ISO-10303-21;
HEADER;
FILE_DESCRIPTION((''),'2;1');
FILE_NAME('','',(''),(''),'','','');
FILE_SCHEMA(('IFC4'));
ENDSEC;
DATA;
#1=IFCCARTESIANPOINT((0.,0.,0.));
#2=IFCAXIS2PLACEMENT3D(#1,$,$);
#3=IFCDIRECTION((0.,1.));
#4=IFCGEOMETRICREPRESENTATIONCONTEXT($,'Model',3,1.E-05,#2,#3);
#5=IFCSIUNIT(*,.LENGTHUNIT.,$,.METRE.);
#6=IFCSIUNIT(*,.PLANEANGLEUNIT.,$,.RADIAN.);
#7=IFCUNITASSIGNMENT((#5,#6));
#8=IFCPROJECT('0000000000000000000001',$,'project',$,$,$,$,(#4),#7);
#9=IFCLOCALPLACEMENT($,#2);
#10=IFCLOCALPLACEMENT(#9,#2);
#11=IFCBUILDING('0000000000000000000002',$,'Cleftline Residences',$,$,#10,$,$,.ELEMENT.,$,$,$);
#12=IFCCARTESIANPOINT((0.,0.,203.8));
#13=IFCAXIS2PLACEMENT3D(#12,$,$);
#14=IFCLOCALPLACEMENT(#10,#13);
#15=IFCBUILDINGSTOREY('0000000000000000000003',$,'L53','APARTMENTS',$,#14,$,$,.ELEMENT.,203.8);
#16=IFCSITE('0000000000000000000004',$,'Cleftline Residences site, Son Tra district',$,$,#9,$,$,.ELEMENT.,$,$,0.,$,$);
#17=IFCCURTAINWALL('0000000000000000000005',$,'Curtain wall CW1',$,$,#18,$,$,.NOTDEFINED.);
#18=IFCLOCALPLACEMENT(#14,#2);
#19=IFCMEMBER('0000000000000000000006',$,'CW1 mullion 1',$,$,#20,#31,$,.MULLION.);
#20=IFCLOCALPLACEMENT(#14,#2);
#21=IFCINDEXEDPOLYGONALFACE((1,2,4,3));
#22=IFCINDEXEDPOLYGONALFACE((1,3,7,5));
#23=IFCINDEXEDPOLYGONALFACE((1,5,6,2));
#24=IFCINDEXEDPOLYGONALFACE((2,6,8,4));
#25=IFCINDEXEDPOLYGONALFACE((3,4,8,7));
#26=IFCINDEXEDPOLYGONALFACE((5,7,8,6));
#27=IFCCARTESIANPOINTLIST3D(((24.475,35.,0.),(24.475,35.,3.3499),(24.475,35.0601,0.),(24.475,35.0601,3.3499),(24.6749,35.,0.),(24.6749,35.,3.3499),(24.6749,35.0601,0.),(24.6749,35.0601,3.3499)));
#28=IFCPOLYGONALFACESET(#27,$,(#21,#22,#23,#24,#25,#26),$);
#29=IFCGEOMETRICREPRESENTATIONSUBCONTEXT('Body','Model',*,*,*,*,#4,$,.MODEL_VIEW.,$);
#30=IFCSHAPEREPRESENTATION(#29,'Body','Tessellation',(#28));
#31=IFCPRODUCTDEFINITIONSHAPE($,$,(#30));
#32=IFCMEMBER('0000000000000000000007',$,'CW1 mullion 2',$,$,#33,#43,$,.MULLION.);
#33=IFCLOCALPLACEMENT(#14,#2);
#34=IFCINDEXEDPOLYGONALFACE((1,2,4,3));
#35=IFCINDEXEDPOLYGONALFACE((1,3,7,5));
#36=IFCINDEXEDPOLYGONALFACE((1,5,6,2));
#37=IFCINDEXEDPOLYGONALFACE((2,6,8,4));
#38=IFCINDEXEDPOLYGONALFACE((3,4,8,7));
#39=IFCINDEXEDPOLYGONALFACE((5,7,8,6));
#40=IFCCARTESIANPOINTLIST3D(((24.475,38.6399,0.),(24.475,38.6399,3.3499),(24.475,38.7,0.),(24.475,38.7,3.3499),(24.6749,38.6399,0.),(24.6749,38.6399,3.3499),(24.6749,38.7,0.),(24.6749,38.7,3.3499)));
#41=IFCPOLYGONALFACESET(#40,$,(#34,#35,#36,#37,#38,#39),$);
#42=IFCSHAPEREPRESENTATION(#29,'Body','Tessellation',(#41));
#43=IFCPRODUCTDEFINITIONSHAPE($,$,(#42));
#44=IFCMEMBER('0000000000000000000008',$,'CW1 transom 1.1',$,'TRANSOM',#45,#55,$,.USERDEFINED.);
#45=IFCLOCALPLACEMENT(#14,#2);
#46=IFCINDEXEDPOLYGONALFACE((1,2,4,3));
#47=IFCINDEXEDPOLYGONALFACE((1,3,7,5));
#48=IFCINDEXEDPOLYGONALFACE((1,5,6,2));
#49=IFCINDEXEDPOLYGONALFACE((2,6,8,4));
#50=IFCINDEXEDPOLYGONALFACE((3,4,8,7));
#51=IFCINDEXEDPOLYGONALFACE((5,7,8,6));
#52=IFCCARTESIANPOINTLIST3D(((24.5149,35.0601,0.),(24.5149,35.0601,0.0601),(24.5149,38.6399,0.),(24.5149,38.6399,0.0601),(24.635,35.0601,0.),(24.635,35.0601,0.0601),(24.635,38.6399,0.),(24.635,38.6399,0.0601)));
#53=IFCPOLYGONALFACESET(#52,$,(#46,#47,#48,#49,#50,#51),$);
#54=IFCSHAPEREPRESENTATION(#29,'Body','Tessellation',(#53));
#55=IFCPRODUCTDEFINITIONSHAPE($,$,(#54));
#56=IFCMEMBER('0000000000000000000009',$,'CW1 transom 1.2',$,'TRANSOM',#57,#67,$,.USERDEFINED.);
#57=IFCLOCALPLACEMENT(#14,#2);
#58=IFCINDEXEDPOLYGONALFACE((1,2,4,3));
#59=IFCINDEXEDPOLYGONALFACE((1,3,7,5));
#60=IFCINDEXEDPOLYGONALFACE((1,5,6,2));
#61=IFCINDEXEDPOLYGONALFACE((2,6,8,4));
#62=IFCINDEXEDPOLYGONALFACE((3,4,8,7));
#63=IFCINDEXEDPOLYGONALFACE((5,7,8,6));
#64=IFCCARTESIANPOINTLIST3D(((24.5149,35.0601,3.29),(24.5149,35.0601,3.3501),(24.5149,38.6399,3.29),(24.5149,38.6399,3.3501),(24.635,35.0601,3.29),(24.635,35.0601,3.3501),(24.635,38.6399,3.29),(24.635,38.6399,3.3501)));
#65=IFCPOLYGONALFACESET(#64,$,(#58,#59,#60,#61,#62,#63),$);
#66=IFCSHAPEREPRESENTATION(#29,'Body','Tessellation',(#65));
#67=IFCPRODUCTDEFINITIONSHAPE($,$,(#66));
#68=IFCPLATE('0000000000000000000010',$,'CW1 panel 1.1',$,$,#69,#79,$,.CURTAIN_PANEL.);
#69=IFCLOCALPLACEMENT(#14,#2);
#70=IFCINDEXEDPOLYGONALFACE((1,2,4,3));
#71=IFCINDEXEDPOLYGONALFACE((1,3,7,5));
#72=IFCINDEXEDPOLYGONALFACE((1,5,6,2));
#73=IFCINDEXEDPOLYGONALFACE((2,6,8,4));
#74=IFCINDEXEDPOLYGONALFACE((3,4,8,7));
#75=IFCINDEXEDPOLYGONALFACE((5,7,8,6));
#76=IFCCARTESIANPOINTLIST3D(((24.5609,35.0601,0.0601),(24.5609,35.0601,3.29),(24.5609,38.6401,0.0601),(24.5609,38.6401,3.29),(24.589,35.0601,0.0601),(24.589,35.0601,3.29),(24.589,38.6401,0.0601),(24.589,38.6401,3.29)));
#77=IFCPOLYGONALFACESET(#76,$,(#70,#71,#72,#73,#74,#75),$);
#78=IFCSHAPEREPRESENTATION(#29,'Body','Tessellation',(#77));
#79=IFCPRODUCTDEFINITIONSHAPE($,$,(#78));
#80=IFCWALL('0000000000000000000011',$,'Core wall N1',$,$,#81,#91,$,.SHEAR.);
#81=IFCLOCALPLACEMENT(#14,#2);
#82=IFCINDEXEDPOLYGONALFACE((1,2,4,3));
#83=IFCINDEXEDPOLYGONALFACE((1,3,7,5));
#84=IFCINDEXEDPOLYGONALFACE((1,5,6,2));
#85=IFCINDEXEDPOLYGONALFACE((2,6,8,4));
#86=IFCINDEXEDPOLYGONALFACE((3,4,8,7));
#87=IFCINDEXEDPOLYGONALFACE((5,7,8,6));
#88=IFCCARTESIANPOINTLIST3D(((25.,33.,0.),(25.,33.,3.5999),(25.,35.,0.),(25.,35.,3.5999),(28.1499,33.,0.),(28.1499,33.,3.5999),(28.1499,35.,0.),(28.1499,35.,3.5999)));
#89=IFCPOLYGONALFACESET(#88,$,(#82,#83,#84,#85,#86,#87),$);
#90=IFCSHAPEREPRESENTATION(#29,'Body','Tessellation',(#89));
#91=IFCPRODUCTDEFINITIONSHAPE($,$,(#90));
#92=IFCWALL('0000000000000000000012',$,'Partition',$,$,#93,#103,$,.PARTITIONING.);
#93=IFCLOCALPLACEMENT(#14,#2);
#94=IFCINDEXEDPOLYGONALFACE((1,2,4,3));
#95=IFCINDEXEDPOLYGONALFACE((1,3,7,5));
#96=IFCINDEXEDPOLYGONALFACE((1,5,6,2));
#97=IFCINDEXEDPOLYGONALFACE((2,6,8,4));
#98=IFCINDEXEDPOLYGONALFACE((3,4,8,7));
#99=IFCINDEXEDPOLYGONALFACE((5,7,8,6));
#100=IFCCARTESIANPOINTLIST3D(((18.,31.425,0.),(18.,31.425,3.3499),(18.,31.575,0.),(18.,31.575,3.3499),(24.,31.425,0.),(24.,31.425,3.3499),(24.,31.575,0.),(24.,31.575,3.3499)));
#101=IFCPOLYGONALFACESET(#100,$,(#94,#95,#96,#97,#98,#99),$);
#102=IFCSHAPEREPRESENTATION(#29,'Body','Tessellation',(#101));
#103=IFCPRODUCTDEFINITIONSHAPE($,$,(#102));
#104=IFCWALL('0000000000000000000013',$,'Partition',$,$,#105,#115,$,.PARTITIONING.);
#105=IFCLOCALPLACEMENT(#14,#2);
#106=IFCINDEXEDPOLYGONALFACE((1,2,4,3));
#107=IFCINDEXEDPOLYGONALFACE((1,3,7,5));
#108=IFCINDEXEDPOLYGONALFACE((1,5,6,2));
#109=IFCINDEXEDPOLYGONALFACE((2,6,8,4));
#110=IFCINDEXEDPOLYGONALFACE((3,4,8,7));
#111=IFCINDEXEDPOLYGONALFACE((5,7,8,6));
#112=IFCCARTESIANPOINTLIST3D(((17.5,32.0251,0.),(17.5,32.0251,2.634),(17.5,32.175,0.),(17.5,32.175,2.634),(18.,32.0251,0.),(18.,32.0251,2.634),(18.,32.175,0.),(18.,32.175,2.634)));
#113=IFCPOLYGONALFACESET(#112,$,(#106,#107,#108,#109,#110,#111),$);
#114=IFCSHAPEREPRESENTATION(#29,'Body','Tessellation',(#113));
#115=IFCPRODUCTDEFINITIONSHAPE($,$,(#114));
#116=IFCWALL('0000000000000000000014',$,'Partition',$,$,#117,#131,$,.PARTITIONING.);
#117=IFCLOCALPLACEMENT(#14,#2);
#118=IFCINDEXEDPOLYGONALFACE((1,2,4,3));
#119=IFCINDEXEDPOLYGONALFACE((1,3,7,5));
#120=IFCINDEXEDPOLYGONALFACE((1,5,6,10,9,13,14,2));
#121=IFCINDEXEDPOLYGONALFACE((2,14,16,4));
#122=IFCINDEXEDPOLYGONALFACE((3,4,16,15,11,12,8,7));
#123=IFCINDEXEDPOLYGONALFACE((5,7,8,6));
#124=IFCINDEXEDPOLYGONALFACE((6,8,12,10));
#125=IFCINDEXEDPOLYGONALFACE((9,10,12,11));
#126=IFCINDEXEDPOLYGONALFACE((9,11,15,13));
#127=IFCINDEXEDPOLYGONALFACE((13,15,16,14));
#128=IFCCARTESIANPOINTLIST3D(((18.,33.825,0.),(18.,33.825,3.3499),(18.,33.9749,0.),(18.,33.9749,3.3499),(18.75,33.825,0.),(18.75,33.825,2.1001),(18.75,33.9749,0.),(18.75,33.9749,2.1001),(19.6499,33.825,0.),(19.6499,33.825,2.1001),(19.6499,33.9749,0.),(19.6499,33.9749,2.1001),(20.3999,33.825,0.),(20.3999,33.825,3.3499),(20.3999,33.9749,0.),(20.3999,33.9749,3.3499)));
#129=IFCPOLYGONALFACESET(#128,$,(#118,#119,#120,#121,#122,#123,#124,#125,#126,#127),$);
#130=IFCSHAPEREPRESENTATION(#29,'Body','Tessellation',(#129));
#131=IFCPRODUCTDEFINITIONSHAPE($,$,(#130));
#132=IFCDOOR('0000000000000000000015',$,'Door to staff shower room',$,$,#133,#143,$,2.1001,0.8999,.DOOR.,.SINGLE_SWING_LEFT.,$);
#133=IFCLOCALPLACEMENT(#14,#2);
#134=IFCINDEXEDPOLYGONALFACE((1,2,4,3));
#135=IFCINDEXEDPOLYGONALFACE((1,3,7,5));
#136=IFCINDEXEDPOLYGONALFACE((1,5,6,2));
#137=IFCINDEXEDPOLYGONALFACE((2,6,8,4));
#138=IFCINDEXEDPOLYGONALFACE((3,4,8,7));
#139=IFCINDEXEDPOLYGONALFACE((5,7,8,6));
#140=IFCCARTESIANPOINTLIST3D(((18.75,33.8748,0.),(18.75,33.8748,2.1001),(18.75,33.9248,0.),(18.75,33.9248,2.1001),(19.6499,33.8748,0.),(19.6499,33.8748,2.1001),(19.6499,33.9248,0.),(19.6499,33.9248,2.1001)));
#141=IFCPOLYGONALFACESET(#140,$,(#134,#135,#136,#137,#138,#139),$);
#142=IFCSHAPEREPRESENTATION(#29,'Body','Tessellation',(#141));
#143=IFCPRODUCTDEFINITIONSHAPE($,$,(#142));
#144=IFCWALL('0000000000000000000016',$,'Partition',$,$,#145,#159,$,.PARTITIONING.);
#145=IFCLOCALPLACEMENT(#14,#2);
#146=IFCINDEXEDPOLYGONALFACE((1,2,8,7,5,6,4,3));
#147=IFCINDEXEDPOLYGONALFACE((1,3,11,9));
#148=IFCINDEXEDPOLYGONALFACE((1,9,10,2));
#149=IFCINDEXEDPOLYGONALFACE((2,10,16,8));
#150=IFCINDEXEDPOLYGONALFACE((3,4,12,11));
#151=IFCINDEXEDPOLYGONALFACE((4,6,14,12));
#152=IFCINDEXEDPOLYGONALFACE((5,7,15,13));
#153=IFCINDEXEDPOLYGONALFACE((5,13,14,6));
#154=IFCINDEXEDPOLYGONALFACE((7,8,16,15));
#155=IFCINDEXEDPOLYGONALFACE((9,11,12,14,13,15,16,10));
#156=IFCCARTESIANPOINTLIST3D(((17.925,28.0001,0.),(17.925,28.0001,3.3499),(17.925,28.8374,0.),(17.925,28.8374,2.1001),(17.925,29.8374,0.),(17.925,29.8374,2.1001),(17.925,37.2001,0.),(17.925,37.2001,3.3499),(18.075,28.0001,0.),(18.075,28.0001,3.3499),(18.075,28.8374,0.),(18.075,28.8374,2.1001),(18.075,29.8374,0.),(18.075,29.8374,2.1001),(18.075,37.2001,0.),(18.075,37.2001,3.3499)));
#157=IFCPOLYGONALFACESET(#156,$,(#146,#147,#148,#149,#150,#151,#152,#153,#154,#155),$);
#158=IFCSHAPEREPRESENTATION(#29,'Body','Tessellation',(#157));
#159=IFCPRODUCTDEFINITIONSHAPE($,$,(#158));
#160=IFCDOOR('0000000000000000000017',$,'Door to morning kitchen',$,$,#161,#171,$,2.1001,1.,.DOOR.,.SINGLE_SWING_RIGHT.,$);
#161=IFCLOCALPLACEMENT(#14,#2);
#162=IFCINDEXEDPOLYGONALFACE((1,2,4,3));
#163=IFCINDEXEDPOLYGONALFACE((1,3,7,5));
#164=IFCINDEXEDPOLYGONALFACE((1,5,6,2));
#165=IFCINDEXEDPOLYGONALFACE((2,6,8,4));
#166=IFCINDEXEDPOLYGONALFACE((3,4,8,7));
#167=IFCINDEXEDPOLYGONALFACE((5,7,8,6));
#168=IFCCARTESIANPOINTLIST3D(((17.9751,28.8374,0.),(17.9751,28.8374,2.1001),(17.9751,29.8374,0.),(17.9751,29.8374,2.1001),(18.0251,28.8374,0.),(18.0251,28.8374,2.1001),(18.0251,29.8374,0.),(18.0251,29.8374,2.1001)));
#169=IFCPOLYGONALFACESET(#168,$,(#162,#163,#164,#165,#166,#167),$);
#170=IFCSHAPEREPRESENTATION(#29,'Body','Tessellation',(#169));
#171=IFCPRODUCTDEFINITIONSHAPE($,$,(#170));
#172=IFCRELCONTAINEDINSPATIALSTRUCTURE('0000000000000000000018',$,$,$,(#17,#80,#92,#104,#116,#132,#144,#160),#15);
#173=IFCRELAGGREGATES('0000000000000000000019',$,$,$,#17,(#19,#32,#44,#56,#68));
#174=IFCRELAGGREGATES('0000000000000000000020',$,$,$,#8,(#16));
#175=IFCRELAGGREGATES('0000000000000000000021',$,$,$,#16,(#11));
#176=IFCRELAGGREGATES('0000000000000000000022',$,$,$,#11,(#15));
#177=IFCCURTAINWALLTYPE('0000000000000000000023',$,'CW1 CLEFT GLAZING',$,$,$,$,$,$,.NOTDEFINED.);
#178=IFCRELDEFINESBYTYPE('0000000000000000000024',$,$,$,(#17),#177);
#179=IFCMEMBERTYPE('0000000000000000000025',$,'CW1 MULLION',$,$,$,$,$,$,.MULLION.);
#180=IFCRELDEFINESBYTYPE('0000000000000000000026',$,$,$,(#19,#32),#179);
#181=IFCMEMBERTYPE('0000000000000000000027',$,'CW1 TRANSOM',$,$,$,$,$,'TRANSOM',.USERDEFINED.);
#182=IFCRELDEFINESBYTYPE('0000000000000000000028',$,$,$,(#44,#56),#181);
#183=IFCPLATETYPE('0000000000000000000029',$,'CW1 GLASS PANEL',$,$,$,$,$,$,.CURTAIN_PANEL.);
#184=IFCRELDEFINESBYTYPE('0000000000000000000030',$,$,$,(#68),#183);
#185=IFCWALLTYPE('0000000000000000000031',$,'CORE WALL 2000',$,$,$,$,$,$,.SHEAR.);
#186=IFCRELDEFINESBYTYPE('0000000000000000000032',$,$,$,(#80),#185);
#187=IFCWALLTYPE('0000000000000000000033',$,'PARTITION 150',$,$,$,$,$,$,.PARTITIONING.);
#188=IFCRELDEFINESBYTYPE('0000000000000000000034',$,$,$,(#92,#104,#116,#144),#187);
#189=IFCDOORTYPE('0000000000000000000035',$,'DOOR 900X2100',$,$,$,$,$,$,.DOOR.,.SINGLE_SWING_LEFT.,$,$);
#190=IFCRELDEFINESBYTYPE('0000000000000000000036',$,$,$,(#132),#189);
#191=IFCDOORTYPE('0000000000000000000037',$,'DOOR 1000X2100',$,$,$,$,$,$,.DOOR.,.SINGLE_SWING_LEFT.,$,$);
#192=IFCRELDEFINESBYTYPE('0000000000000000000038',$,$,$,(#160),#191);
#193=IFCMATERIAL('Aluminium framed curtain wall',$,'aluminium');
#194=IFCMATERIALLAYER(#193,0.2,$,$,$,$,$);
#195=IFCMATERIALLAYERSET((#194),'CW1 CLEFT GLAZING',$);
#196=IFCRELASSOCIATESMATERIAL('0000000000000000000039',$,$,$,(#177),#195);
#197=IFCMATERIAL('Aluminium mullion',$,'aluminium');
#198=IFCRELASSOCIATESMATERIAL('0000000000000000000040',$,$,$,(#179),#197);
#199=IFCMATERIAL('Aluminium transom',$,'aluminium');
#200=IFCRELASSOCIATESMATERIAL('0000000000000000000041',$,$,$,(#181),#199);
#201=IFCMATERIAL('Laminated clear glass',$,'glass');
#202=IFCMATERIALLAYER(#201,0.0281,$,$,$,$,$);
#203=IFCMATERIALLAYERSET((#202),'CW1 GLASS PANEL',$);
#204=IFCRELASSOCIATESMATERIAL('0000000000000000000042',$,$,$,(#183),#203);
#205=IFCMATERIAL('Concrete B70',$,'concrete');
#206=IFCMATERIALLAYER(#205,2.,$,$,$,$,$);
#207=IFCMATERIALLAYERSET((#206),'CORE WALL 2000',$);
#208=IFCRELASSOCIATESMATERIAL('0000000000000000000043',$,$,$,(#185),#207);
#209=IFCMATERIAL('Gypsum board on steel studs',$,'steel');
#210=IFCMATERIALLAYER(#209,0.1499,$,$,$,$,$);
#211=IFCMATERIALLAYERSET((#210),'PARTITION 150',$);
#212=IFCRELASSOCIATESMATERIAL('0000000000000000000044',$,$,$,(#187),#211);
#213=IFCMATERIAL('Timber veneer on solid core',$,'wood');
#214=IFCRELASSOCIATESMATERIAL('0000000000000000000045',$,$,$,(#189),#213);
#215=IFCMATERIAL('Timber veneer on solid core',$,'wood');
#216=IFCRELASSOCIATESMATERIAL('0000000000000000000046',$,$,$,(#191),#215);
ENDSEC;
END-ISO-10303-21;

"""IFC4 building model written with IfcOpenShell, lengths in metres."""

from ifc_helpers import new_model, si_unit, direction, frame, frame_2d, origin, origin_2d, place, context, subcontext, project, spatial, rectangle, extrude, material, layer, layer_set, material_profile, profile_set, type_object, element, fill, aggregate, save


model = new_model("IFC4")

# Units and contexts
model_context = context("Model", 3, precision=1e-05, world=origin(), true_north=direction((0.0, 1.0)))
body_context = subcontext(model_context, "Body", "Model", "MODEL_VIEW")
ifc_project = project(units=[si_unit("LENGTHUNIT", "METRE"), si_unit("PLANEANGLEUNIT", "RADIAN")], contexts=[model_context])

# Site, building, storey
site_placement = place(None, origin())
site = spatial("IfcSite", under=ifc_project, at=site_placement, Name="Cleftline Residences site, Son Tra district", CompositionType="ELEMENT", RefElevation=0.0)
building_placement = place(site_placement, origin())
building = spatial("IfcBuilding", under=site, at=building_placement, Name="Cleftline Residences", CompositionType="ELEMENT")
storey_placement = place(building_placement, frame((0.0, 0.0, 203.8)))
storey = spatial("IfcBuildingStorey", under=building, at=storey_placement, Name="L53", Description="APARTMENTS", CompositionType="ELEMENT", Elevation=203.8)

# Curtain wall, members, plate
ifc_material_1 = material(Name="Aluminium framed curtain wall", Category="aluminium")
ifc_layer_1 = layer(ifc_material_1, 0.2)
ifc_layer_set_1 = layer_set([ifc_layer_1], Name="CW1 CLEFT GLAZING")
curtain_wall_type = type_object("IfcCurtainWallType", Name="CW1 CLEFT GLAZING", PredefinedType="NOTDEFINED", material=ifc_layer_set_1)
curtain_wall_placement = place(storey_placement, origin())
curtain_wall = element("IfcCurtainWall", 1, at=curtain_wall_placement, inside=storey, type_object=curtain_wall_type, Name="Curtain wall CW1", PredefinedType="NOTDEFINED")
ifc_material_2 = material(Name="Aluminium mullion", Category="aluminium")
ifc_material_profile_1 = material_profile(ifc_material_2, rectangle(XDim=0.2, YDim=0.0601, at=origin_2d()))
ifc_profile_set_1 = profile_set([ifc_material_profile_1], Name="Aluminium mullion")
member_type_1 = type_object("IfcMemberType", Name="CW1 MULLION", PredefinedType="MULLION", material=ifc_profile_set_1)
member_1_placement = place(storey_placement, frame((24.575, 35.03, 0.0), z_axis=(0.0, 0.0, 1.0), x_axis=(-1.0, 0.0, 0.0)))
member_1 = element("IfcMember", 2, at=member_1_placement, type_object=member_type_1, Name="CW1 mullion 1", PredefinedType="MULLION", context=body_context, shape_type="SweptSolid", body=[
    extrude(rectangle(XDim=0.2, YDim=0.0601, at=origin_2d()), origin(), (0.0, 0.0, 1.0), 3.3499),
])
member_2_placement = place(storey_placement, frame((24.575, 38.6699, 0.0), z_axis=(0.0, 0.0, 1.0), x_axis=(-1.0, 0.0, 0.0)))
member_2 = element("IfcMember", 3, at=member_2_placement, type_object=member_type_1, Name="CW1 mullion 2", PredefinedType="MULLION", context=body_context, shape_type="SweptSolid", body=[
    extrude(rectangle(XDim=0.2, YDim=0.0601, at=origin_2d()), origin(), (0.0, 0.0, 1.0), 3.3499),
])
ifc_material_3 = material(Name="Aluminium transom", Category="aluminium")
ifc_material_profile_2 = material_profile(ifc_material_3, rectangle(XDim=0.1201, YDim=0.0601, at=origin_2d()))
ifc_profile_set_2 = profile_set([ifc_material_profile_2], Name="Aluminium transom")
member_type_2 = type_object("IfcMemberType", Name="CW1 TRANSOM", ElementType="TRANSOM", PredefinedType="USERDEFINED", material=ifc_profile_set_2)
member_3_placement = place(storey_placement, frame((24.575, 35.0601, 0.03), z_axis=(0.0, 1.0, 0.0), x_axis=(-1.0, 0.0, 0.0)))
member_3 = element("IfcMember", 4, at=member_3_placement, type_object=member_type_2, Name="CW1 transom 1.1", ObjectType="TRANSOM", PredefinedType="USERDEFINED", context=body_context, shape_type="SweptSolid", body=[
    extrude(rectangle(XDim=0.1201, YDim=0.0601, at=origin_2d()), origin(), (0.0, 0.0, 1.0), 3.5798),
])
member_4_placement = place(storey_placement, frame((24.575, 35.0601, 3.3201), z_axis=(0.0, 1.0, 0.0), x_axis=(-1.0, 0.0, 0.0)))
member_4 = element("IfcMember", 5, at=member_4_placement, type_object=member_type_2, Name="CW1 transom 1.2", ObjectType="TRANSOM", PredefinedType="USERDEFINED", context=body_context, shape_type="SweptSolid", body=[
    extrude(rectangle(XDim=0.1201, YDim=0.0601, at=origin_2d()), origin(), (0.0, 0.0, 1.0), 3.5798),
])
ifc_material_4 = material(Name="Laminated clear glass", Category="glass")
ifc_layer_2 = layer(ifc_material_4, 0.0281)
ifc_layer_set_2 = layer_set([ifc_layer_2], Name="CW1 GLASS PANEL")
plate_type = type_object("IfcPlateType", Name="CW1 GLASS PANEL", PredefinedType="CURTAIN_PANEL", material=ifc_layer_set_2)
plate_placement = place(storey_placement, frame((24.575, 36.8501, 0.0601), z_axis=(0.0, 0.0, 1.0), x_axis=(0.0, 1.0, 0.0)))
plate = element("IfcPlate", 6, at=plate_placement, type_object=plate_type, Name="CW1 panel 1.1", PredefinedType="CURTAIN_PANEL", context=body_context, shape_type="SweptSolid", body=[
    extrude(rectangle(XDim=3.5801, YDim=0.0281, at=origin_2d()), origin(), (0.0, 0.0, 1.0), 3.23),
])
aggregate(curtain_wall, [member_1, member_2, member_3, member_4, plate])

# Walls
ifc_material_5 = material(Name="Concrete B70", Category="concrete")
ifc_layer_3 = layer(ifc_material_5, 2.0)
ifc_layer_set_3 = layer_set([ifc_layer_3], Name="CORE WALL 2000")
wall_type_1 = type_object("IfcWallType", Name="CORE WALL 2000", PredefinedType="SHEAR", material=ifc_layer_set_3)
wall_1_placement = place(storey_placement, frame((25.0, 34.0, 0.0), z_axis=(0.0, 0.0, 1.0), x_axis=(1.0, 0.0, 0.0)))
element("IfcWall", 7, at=wall_1_placement, inside=storey, type_object=wall_type_1, Name="Core wall N1", PredefinedType="SHEAR", context=body_context, shape_type="SweptSolid", body=[
    extrude(rectangle(XDim=3.1499, YDim=2.0, at=frame_2d((1.575, 0.0))), origin(), (0.0, 0.0, 1.0), 3.5999),
])
ifc_material_6 = material(Name="Gypsum board on steel studs", Category="steel")
ifc_layer_4 = layer(ifc_material_6, 0.1499)
ifc_layer_set_4 = layer_set([ifc_layer_4], Name="PARTITION 150")
wall_type_2 = type_object("IfcWallType", Name="PARTITION 150", PredefinedType="PARTITIONING", material=ifc_layer_set_4)
wall_2_placement = place(storey_placement, frame((18.0, 31.5, 0.0), z_axis=(0.0, 0.0, 1.0), x_axis=(1.0, 0.0, 0.0)))
element("IfcWall", 8, at=wall_2_placement, inside=storey, type_object=wall_type_2, Name="Partition", PredefinedType="PARTITIONING", context=body_context, shape_type="SweptSolid", body=[
    extrude(rectangle(XDim=6.0, YDim=0.1499, at=frame_2d((3.0, 0.0))), origin(), (0.0, 0.0, 1.0), 3.3499),
])
wall_3_placement = place(storey_placement, frame((17.5, 32.1001, 0.0), z_axis=(0.0, 0.0, 1.0), x_axis=(1.0, 0.0, 0.0)))
element("IfcWall", 9, at=wall_3_placement, inside=storey, type_object=wall_type_2, Name="Partition", PredefinedType="PARTITIONING", context=body_context, shape_type="SweptSolid", body=[
    extrude(rectangle(XDim=0.5, YDim=0.1499, at=frame_2d((0.25, 0.0))), origin(), (0.0, 0.0, 1.0), 2.634),
])

# Walls, openings, doors
wall_4_placement = place(storey_placement, frame((18.0, 33.8999, 0.0), z_axis=(0.0, 0.0, 1.0), x_axis=(1.0, 0.0, 0.0)))
wall_4 = element("IfcWall", 10, at=wall_4_placement, inside=storey, type_object=wall_type_2, Name="Partition", PredefinedType="PARTITIONING", context=body_context, shape_type="SweptSolid", body=[
    extrude(rectangle(XDim=2.3999, YDim=0.1499, at=frame_2d((1.2, 0.0))), origin(), (0.0, 0.0, 1.0), 3.3499),
])
opening_1_placement = place(wall_4_placement, frame((0.75, 0.0, 0.0)))
opening_1 = element("IfcOpeningElement", 11, at=opening_1_placement, cuts=wall_4, PredefinedType="OPENING", context=body_context, shape_type="SweptSolid", body=[
    extrude(rectangle(XDim=0.8999, YDim=2.1001, at=frame_2d((0.45, 1.05))), frame((0.0, 0.085, 0.0), z_axis=(0.0, -1.0, 0.0), x_axis=(1.0, 0.0, 0.0)), (0.0, 0.0, 1.0), 0.1699),
])
ifc_material_7 = material(Name="Timber veneer on solid core", Category="wood")
door_type_1 = type_object("IfcDoorType", Name="DOOR 900X2100", OperationType="SINGLE_SWING_LEFT", PredefinedType="DOOR", material=ifc_material_7)
door_1_placement = place(opening_1_placement, origin())
door_1 = element("IfcDoor", 12, at=door_1_placement, inside=storey, type_object=door_type_1, Name="Door to staff shower room", OperationType="SINGLE_SWING_LEFT", OverallHeight=2.1001, OverallWidth=0.8999, PredefinedType="DOOR", context=body_context, shape_type="SweptSolid", body=[
    extrude(rectangle(XDim=0.8999, YDim=2.1001, at=frame_2d((0.45, 1.05))), frame((0.0, 0.0249, 0.0), z_axis=(0.0, -1.0, 0.0), x_axis=(1.0, 0.0, 0.0)), (0.0, 0.0, 1.0), 0.05),
])
fill(opening_1, door_1)
wall_5_placement = place(storey_placement, frame((18.0, 28.0, 0.0), z_axis=(0.0, 0.0, 1.0), x_axis=(0.0, 1.0, 0.0)))
wall_5 = element("IfcWall", 13, at=wall_5_placement, inside=storey, type_object=wall_type_2, Name="Partition", PredefinedType="PARTITIONING", context=body_context, shape_type="SweptSolid", body=[
    extrude(rectangle(XDim=9.2, YDim=0.1499, at=frame_2d((4.6001, 0.0))), origin(), (0.0, 0.0, 1.0), 3.3499),
])
opening_2_placement = place(wall_5_placement, frame((0.8374, 0.0, 0.0)))
opening_2 = element("IfcOpeningElement", 14, at=opening_2_placement, cuts=wall_5, PredefinedType="OPENING", context=body_context, shape_type="SweptSolid", body=[
    extrude(rectangle(XDim=1.0, YDim=2.1001, at=frame_2d((0.5, 1.05))), frame((0.0, 0.085, 0.0), z_axis=(0.0, -1.0, 0.0), x_axis=(1.0, 0.0, 0.0)), (0.0, 0.0, 1.0), 0.1699),
])
ifc_material_8 = material(Name="Timber veneer on solid core", Category="wood")
door_type_2 = type_object("IfcDoorType", Name="DOOR 1000X2100", OperationType="SINGLE_SWING_LEFT", PredefinedType="DOOR", material=ifc_material_8)
door_2_placement = place(opening_2_placement, origin())
door_2 = element("IfcDoor", 15, at=door_2_placement, inside=storey, type_object=door_type_2, Name="Door to morning kitchen", OperationType="SINGLE_SWING_RIGHT", OverallHeight=2.1001, OverallWidth=1.0, PredefinedType="DOOR", context=body_context, shape_type="SweptSolid", body=[
    extrude(rectangle(XDim=1.0, YDim=2.1001, at=frame_2d((0.5, 1.05))), frame((0.0, 0.0249, 0.0), z_axis=(0.0, -1.0, 0.0), x_axis=(1.0, 0.0, 0.0)), (0.0, 0.0, 1.0), 0.05),
])
fill(opening_2, door_2)

save(model, "model.ifc")
